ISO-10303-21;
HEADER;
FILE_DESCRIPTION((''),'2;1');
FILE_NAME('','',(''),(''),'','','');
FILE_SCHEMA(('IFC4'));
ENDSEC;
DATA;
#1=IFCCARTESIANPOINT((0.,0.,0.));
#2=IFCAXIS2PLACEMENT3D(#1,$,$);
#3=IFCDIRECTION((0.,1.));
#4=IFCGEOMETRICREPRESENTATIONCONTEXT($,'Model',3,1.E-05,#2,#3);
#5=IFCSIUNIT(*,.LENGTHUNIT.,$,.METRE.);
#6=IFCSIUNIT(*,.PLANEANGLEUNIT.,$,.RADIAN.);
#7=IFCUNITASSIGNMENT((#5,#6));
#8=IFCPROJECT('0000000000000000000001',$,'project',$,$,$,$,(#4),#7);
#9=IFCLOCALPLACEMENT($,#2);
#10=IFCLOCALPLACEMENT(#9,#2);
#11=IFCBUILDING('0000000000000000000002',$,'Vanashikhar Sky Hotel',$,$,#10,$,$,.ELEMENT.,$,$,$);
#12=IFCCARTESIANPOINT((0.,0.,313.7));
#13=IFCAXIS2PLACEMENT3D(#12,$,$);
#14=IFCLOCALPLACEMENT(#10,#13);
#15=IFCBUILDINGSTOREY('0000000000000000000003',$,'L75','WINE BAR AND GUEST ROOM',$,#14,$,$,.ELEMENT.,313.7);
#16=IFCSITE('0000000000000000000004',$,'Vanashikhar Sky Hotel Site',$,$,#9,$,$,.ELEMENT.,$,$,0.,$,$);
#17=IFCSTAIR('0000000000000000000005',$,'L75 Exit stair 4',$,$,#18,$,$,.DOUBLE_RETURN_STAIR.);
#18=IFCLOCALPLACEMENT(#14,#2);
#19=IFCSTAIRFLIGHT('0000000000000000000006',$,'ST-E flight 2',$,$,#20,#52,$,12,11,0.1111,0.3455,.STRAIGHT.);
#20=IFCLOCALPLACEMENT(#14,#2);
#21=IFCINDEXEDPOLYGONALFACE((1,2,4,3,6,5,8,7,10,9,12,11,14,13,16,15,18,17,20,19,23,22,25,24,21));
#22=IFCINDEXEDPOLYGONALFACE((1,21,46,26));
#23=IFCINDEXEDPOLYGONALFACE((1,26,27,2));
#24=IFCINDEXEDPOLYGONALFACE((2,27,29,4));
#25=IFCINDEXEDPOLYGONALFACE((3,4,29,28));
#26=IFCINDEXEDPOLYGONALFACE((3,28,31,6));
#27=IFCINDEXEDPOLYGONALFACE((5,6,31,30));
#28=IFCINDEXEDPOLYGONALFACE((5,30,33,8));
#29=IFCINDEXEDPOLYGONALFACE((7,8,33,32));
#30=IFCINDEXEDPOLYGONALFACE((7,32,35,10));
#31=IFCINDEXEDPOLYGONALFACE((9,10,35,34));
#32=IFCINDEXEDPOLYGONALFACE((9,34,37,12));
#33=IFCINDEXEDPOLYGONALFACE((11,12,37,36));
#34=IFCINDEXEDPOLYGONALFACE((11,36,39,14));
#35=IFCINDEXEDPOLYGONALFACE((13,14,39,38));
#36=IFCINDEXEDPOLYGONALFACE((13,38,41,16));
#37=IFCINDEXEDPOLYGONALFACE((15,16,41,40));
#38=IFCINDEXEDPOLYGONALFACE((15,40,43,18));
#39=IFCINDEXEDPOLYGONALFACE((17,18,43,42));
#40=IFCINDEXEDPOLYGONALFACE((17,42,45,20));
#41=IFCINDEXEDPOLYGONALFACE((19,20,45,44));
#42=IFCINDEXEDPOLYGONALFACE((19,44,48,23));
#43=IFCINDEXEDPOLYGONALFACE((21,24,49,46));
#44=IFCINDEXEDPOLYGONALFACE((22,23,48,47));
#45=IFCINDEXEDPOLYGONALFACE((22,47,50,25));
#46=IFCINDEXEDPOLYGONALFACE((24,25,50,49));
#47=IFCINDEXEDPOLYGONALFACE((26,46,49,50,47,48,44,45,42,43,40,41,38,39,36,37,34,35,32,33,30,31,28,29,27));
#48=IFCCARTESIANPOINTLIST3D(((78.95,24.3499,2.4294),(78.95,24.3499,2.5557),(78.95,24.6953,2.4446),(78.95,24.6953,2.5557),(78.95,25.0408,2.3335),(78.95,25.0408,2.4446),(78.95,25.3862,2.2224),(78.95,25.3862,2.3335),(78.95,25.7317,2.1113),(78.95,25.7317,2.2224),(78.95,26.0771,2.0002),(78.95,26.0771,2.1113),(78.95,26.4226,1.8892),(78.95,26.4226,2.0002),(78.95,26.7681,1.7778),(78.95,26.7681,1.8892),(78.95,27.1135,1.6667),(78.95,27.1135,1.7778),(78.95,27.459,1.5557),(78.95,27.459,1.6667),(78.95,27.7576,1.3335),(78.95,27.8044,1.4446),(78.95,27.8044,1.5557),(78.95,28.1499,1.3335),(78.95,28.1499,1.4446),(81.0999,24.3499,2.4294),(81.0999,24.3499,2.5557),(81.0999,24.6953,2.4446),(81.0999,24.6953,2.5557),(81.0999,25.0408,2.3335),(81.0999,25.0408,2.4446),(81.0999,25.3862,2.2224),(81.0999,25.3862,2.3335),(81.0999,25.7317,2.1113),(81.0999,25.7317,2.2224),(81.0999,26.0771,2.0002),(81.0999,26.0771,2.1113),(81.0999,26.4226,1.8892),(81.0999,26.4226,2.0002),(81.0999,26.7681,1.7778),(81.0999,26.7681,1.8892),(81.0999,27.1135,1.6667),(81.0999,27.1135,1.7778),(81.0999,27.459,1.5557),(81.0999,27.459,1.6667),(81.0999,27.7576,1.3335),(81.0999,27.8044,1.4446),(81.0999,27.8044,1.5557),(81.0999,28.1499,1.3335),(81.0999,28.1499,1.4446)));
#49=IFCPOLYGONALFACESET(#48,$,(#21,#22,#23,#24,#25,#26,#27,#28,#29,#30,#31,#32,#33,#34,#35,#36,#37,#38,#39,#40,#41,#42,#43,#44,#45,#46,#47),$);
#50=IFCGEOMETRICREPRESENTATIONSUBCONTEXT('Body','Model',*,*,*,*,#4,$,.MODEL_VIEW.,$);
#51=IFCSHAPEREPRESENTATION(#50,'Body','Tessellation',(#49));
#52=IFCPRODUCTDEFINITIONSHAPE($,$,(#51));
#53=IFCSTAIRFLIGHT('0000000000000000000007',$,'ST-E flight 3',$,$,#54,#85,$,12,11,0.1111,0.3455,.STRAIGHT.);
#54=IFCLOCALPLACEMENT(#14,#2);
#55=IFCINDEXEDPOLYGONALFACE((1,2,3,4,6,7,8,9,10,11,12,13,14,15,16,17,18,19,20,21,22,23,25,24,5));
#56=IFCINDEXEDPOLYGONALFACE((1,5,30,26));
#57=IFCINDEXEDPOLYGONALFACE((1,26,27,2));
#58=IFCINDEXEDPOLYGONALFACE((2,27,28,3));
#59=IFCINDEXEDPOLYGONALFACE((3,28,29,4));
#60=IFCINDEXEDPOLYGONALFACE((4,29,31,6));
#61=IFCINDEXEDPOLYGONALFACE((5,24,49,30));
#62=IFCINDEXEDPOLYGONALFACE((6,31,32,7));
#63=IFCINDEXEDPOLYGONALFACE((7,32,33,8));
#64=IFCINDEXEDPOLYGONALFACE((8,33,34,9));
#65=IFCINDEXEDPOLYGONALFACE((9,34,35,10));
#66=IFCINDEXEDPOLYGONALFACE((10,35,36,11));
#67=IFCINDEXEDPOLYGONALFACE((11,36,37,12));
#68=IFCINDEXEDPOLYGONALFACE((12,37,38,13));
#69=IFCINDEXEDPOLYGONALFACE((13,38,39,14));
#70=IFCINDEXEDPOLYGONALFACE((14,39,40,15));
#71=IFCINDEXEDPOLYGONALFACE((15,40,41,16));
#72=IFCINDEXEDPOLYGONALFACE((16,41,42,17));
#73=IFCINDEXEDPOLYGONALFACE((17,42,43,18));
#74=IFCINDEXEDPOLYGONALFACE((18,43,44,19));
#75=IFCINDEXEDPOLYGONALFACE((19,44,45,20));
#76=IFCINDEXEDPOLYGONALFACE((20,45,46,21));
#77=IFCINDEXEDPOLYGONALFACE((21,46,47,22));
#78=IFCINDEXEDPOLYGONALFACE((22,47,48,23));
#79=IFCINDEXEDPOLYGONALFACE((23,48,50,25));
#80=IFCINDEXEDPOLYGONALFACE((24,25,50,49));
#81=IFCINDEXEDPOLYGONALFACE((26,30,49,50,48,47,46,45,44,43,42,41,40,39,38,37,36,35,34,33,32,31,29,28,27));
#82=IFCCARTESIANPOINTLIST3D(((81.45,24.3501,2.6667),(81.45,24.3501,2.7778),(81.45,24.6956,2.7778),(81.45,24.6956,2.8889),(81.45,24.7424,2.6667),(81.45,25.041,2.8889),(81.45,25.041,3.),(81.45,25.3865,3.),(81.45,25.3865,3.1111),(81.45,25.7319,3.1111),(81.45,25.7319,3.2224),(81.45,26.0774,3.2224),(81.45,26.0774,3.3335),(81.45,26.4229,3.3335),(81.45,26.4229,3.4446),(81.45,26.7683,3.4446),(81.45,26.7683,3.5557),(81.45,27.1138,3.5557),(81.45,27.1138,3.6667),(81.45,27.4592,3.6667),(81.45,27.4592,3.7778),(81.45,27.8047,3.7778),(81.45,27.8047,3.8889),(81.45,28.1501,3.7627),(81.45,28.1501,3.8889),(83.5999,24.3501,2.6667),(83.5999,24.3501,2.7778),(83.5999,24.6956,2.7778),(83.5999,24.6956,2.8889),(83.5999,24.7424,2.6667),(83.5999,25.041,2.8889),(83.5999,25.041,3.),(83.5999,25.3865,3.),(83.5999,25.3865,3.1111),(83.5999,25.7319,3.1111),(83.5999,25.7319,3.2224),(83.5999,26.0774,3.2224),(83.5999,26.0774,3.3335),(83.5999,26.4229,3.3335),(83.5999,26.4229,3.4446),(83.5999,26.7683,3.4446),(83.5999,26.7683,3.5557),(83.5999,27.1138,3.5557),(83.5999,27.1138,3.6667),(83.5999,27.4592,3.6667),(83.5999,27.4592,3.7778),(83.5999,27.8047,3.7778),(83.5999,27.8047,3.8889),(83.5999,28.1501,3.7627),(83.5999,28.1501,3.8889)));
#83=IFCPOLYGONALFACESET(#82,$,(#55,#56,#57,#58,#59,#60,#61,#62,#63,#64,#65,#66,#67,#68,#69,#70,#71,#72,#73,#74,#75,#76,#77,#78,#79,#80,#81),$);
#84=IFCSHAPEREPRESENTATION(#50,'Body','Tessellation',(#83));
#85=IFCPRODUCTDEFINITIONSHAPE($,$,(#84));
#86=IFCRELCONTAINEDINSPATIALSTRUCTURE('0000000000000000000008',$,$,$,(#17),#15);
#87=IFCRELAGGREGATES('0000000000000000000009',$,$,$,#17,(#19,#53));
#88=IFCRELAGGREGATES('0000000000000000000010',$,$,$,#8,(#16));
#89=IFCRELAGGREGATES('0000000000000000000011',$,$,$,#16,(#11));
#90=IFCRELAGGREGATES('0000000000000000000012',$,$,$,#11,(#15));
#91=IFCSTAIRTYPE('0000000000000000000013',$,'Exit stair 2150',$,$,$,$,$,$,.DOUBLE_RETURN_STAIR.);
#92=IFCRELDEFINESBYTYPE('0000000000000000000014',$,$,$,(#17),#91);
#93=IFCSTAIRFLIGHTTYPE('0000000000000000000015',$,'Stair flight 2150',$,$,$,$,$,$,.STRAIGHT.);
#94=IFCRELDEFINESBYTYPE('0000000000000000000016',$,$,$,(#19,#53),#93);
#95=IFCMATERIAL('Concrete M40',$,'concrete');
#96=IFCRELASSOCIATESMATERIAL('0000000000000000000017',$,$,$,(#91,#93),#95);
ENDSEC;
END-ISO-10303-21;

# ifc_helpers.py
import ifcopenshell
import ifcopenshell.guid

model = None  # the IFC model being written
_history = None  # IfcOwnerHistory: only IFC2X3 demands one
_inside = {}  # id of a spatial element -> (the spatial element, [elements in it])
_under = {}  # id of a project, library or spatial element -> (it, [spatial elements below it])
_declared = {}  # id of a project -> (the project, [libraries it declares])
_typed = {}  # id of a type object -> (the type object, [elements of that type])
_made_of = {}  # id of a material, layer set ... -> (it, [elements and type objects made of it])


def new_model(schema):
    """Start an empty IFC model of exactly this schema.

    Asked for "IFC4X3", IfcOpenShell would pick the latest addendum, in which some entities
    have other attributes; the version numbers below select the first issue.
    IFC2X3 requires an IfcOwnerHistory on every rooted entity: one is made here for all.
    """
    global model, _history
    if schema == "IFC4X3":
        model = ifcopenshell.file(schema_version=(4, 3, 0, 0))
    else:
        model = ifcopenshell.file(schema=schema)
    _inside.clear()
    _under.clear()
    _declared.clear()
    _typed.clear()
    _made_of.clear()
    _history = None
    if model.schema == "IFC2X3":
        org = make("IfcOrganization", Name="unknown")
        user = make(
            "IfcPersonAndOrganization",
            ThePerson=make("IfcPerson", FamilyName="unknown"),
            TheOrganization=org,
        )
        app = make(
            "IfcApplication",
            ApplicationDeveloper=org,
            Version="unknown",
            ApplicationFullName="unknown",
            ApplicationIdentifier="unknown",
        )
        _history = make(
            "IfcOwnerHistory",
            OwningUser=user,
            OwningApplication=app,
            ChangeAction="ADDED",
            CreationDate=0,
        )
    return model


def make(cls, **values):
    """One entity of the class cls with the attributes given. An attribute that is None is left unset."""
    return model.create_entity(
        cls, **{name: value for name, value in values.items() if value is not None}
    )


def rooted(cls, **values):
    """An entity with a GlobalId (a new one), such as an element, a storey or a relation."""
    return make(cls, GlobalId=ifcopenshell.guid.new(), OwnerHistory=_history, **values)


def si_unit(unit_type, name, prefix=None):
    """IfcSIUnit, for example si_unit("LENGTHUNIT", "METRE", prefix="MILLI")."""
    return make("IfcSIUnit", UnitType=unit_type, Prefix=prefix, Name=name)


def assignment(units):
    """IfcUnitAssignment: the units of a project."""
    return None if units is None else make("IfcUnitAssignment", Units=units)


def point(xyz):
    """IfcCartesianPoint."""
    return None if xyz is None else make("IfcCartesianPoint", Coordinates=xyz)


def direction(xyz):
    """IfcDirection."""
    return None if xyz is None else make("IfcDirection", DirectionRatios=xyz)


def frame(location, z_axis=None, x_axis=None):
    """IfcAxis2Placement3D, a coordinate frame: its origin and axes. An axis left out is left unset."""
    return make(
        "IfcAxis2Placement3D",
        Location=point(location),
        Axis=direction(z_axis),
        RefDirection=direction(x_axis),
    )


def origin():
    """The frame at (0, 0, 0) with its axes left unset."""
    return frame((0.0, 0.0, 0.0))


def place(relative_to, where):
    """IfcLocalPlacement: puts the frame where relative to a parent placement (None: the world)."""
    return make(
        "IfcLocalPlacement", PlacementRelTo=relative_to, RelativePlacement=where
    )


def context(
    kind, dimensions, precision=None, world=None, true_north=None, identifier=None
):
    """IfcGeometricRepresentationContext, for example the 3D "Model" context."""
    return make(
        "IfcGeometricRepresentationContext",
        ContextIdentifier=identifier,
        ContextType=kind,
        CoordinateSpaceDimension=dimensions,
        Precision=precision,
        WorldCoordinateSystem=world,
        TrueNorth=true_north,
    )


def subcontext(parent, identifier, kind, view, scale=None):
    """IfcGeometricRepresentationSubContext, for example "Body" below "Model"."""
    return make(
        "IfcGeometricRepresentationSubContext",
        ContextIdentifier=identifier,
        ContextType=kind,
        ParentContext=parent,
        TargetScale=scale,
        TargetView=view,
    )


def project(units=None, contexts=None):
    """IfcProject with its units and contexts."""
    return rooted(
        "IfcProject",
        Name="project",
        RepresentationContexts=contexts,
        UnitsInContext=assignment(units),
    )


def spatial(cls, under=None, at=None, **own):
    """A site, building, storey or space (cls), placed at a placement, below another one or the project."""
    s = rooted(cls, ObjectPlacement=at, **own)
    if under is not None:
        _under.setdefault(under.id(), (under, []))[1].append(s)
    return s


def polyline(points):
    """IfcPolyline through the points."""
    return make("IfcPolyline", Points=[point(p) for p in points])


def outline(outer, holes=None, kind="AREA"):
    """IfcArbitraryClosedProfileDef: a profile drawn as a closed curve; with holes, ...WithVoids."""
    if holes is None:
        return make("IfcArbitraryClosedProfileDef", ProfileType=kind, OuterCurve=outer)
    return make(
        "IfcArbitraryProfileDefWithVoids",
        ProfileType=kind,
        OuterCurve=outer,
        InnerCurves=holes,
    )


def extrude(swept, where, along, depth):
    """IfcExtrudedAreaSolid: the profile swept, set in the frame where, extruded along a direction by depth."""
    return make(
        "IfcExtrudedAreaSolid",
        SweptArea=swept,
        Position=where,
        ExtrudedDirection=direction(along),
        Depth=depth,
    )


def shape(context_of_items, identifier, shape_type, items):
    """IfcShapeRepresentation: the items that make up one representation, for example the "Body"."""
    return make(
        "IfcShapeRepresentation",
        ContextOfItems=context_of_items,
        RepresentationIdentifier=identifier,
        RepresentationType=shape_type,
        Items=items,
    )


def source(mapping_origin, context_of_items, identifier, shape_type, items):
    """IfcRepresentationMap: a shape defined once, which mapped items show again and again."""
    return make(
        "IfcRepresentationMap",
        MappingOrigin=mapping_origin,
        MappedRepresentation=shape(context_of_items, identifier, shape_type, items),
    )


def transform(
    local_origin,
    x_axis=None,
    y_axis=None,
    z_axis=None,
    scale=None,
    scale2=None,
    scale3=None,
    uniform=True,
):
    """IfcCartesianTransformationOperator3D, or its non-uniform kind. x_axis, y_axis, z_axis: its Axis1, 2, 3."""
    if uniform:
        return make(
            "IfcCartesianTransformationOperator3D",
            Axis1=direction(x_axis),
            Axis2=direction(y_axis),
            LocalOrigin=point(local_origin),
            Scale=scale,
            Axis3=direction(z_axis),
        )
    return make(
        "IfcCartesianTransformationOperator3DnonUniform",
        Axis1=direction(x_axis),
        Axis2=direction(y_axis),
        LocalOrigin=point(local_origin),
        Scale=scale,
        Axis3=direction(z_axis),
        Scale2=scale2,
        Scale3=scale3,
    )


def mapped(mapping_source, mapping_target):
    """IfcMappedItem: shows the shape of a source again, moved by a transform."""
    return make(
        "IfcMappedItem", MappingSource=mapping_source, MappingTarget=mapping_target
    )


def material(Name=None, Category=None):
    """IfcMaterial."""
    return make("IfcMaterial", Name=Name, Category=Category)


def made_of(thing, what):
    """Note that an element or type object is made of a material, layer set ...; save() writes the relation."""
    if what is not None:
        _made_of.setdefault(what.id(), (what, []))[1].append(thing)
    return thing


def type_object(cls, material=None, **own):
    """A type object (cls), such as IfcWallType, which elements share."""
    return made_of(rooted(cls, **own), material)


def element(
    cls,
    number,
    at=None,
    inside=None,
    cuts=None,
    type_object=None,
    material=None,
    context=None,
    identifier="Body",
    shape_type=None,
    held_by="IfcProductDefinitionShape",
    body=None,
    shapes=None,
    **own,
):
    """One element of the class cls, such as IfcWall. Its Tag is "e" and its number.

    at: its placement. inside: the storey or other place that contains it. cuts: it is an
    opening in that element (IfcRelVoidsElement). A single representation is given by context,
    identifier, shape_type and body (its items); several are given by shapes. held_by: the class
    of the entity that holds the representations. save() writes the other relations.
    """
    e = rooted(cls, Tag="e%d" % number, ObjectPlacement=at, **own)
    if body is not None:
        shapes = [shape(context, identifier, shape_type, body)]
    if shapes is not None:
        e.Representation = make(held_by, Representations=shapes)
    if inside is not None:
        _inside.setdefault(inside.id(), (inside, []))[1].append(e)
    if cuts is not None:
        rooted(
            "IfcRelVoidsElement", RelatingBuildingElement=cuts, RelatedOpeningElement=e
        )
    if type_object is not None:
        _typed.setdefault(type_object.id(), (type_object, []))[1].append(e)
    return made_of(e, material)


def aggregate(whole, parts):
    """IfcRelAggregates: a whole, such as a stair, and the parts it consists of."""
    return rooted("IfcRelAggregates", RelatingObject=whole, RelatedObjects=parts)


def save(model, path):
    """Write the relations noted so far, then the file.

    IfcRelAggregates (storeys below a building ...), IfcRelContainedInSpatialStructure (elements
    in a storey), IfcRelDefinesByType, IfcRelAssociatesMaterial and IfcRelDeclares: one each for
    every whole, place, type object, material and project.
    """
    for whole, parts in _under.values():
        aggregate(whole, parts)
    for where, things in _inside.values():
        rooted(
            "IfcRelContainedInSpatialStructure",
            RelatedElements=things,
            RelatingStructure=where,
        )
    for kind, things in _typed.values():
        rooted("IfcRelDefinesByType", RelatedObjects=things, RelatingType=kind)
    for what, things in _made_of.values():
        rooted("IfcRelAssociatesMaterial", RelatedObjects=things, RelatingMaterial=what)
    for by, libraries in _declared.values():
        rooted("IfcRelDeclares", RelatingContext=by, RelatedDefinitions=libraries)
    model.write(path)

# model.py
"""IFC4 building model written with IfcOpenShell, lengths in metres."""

from ifc_helpers import new_model, si_unit, direction, frame, origin, place, context, subcontext, project, spatial, polyline, outline, extrude, source, transform, mapped, material, type_object, element, aggregate, save


model = new_model("IFC4")

# Units and contexts
model_context = context("Model", 3, precision=1e-05, world=origin(), true_north=direction((0.0, 1.0)))
body_context = subcontext(model_context, "Body", "Model", "MODEL_VIEW")
ifc_project = project(units=[si_unit("LENGTHUNIT", "METRE"), si_unit("PLANEANGLEUNIT", "RADIAN")], contexts=[model_context])

# Site, building, storey
site_placement = place(None, origin())
site = spatial("IfcSite", under=ifc_project, at=site_placement, Name="Vanashikhar Sky Hotel Site", CompositionType="ELEMENT", RefElevation=0.0)
building_placement = place(site_placement, origin())
building = spatial("IfcBuilding", under=site, at=building_placement, Name="Vanashikhar Sky Hotel", CompositionType="ELEMENT")
storey_placement = place(building_placement, frame((0.0, 0.0, 313.7)))
storey = spatial("IfcBuildingStorey", under=building, at=storey_placement, Name="L75", Description="WINE BAR AND GUEST ROOM", CompositionType="ELEMENT", Elevation=313.7)

# Stair, stair flights
ifc_material_1 = material(Name="Concrete M40", Category="concrete")
stair_type = type_object("IfcStairType", Name="Exit stair 2150", PredefinedType="DOUBLE_RETURN_STAIR", material=ifc_material_1)
stair_placement = place(storey_placement, origin())
stair = element("IfcStair", 1, at=stair_placement, inside=storey, type_object=stair_type, Name="L75 Exit stair 4", PredefinedType="DOUBLE_RETURN_STAIR")
stair_flight_type = type_object("IfcStairFlightType", Name="Stair flight 2150", PredefinedType="STRAIGHT", material=ifc_material_1)
shared_shape_1 = source(origin(), body_context, "Body", "SweptSolid", [
    extrude(outline(polyline([(0.0, 0.0), (0.0, 0.1111), (0.3455, 0.1111), (0.3455, 0.2222), (0.6909, 0.2222), (0.6909, 0.3333), (1.0364, 0.3333), (1.0364, 0.4443), (1.3818, 0.4443), (1.3818, 0.5557), (1.7273, 0.5557), (1.7273, 0.6667), (2.0728, 0.6667), (2.0728, 0.7778), (2.4182, 0.7778), (2.4182, 0.8889), (2.7637, 0.8889), (2.7637, 1.0), (3.1091, 1.0), (3.1091, 1.1111), (3.4546, 1.1111), (3.4546, 1.2222), (3.8, 1.2222), (3.8, 1.3333), (3.8, 1.0959), (0.3923, 0.0), (0.0, 0.0)])), frame((0.0, 1.075, 0.0), z_axis=(0.0, -1.0, 0.0), x_axis=(1.0, 0.0, 0.0)), (0.0, 0.0, 1.0), 2.1499),
])
stair_flight_1_placement = place(storey_placement, frame((80.0249, 28.1499, 1.3335), z_axis=(0.0, 0.0, 1.0), x_axis=(0.0, -1.0, 0.0)))
stair_flight_1 = element("IfcStairFlight", 2, at=stair_flight_1_placement, type_object=stair_flight_type, Name="ST-E flight 2", NumberOfRisers=12, NumberOfTreads=11, PredefinedType="STRAIGHT", RiserHeight=0.1111, TreadLength=0.3455, context=body_context, shape_type="MappedRepresentation", body=[
    mapped(shared_shape_1, transform((0.0, 0.0, 0.0), scale=1.0)),
])
stair_flight_2_placement = place(storey_placement, frame((82.5249, 24.3501, 2.6667), z_axis=(0.0, 0.0, 1.0), x_axis=(0.0, 1.0, 0.0)))
stair_flight_2 = element("IfcStairFlight", 3, at=stair_flight_2_placement, type_object=stair_flight_type, Name="ST-E flight 3", NumberOfRisers=12, NumberOfTreads=11, PredefinedType="STRAIGHT", RiserHeight=0.1111, TreadLength=0.3455, context=body_context, shape_type="MappedRepresentation", body=[
    mapped(shared_shape_1, transform((0.0, 0.0, 0.0), scale=1.0)),
])
aggregate(stair, [stair_flight_1, stair_flight_2])

save(model, "model.ifc")
